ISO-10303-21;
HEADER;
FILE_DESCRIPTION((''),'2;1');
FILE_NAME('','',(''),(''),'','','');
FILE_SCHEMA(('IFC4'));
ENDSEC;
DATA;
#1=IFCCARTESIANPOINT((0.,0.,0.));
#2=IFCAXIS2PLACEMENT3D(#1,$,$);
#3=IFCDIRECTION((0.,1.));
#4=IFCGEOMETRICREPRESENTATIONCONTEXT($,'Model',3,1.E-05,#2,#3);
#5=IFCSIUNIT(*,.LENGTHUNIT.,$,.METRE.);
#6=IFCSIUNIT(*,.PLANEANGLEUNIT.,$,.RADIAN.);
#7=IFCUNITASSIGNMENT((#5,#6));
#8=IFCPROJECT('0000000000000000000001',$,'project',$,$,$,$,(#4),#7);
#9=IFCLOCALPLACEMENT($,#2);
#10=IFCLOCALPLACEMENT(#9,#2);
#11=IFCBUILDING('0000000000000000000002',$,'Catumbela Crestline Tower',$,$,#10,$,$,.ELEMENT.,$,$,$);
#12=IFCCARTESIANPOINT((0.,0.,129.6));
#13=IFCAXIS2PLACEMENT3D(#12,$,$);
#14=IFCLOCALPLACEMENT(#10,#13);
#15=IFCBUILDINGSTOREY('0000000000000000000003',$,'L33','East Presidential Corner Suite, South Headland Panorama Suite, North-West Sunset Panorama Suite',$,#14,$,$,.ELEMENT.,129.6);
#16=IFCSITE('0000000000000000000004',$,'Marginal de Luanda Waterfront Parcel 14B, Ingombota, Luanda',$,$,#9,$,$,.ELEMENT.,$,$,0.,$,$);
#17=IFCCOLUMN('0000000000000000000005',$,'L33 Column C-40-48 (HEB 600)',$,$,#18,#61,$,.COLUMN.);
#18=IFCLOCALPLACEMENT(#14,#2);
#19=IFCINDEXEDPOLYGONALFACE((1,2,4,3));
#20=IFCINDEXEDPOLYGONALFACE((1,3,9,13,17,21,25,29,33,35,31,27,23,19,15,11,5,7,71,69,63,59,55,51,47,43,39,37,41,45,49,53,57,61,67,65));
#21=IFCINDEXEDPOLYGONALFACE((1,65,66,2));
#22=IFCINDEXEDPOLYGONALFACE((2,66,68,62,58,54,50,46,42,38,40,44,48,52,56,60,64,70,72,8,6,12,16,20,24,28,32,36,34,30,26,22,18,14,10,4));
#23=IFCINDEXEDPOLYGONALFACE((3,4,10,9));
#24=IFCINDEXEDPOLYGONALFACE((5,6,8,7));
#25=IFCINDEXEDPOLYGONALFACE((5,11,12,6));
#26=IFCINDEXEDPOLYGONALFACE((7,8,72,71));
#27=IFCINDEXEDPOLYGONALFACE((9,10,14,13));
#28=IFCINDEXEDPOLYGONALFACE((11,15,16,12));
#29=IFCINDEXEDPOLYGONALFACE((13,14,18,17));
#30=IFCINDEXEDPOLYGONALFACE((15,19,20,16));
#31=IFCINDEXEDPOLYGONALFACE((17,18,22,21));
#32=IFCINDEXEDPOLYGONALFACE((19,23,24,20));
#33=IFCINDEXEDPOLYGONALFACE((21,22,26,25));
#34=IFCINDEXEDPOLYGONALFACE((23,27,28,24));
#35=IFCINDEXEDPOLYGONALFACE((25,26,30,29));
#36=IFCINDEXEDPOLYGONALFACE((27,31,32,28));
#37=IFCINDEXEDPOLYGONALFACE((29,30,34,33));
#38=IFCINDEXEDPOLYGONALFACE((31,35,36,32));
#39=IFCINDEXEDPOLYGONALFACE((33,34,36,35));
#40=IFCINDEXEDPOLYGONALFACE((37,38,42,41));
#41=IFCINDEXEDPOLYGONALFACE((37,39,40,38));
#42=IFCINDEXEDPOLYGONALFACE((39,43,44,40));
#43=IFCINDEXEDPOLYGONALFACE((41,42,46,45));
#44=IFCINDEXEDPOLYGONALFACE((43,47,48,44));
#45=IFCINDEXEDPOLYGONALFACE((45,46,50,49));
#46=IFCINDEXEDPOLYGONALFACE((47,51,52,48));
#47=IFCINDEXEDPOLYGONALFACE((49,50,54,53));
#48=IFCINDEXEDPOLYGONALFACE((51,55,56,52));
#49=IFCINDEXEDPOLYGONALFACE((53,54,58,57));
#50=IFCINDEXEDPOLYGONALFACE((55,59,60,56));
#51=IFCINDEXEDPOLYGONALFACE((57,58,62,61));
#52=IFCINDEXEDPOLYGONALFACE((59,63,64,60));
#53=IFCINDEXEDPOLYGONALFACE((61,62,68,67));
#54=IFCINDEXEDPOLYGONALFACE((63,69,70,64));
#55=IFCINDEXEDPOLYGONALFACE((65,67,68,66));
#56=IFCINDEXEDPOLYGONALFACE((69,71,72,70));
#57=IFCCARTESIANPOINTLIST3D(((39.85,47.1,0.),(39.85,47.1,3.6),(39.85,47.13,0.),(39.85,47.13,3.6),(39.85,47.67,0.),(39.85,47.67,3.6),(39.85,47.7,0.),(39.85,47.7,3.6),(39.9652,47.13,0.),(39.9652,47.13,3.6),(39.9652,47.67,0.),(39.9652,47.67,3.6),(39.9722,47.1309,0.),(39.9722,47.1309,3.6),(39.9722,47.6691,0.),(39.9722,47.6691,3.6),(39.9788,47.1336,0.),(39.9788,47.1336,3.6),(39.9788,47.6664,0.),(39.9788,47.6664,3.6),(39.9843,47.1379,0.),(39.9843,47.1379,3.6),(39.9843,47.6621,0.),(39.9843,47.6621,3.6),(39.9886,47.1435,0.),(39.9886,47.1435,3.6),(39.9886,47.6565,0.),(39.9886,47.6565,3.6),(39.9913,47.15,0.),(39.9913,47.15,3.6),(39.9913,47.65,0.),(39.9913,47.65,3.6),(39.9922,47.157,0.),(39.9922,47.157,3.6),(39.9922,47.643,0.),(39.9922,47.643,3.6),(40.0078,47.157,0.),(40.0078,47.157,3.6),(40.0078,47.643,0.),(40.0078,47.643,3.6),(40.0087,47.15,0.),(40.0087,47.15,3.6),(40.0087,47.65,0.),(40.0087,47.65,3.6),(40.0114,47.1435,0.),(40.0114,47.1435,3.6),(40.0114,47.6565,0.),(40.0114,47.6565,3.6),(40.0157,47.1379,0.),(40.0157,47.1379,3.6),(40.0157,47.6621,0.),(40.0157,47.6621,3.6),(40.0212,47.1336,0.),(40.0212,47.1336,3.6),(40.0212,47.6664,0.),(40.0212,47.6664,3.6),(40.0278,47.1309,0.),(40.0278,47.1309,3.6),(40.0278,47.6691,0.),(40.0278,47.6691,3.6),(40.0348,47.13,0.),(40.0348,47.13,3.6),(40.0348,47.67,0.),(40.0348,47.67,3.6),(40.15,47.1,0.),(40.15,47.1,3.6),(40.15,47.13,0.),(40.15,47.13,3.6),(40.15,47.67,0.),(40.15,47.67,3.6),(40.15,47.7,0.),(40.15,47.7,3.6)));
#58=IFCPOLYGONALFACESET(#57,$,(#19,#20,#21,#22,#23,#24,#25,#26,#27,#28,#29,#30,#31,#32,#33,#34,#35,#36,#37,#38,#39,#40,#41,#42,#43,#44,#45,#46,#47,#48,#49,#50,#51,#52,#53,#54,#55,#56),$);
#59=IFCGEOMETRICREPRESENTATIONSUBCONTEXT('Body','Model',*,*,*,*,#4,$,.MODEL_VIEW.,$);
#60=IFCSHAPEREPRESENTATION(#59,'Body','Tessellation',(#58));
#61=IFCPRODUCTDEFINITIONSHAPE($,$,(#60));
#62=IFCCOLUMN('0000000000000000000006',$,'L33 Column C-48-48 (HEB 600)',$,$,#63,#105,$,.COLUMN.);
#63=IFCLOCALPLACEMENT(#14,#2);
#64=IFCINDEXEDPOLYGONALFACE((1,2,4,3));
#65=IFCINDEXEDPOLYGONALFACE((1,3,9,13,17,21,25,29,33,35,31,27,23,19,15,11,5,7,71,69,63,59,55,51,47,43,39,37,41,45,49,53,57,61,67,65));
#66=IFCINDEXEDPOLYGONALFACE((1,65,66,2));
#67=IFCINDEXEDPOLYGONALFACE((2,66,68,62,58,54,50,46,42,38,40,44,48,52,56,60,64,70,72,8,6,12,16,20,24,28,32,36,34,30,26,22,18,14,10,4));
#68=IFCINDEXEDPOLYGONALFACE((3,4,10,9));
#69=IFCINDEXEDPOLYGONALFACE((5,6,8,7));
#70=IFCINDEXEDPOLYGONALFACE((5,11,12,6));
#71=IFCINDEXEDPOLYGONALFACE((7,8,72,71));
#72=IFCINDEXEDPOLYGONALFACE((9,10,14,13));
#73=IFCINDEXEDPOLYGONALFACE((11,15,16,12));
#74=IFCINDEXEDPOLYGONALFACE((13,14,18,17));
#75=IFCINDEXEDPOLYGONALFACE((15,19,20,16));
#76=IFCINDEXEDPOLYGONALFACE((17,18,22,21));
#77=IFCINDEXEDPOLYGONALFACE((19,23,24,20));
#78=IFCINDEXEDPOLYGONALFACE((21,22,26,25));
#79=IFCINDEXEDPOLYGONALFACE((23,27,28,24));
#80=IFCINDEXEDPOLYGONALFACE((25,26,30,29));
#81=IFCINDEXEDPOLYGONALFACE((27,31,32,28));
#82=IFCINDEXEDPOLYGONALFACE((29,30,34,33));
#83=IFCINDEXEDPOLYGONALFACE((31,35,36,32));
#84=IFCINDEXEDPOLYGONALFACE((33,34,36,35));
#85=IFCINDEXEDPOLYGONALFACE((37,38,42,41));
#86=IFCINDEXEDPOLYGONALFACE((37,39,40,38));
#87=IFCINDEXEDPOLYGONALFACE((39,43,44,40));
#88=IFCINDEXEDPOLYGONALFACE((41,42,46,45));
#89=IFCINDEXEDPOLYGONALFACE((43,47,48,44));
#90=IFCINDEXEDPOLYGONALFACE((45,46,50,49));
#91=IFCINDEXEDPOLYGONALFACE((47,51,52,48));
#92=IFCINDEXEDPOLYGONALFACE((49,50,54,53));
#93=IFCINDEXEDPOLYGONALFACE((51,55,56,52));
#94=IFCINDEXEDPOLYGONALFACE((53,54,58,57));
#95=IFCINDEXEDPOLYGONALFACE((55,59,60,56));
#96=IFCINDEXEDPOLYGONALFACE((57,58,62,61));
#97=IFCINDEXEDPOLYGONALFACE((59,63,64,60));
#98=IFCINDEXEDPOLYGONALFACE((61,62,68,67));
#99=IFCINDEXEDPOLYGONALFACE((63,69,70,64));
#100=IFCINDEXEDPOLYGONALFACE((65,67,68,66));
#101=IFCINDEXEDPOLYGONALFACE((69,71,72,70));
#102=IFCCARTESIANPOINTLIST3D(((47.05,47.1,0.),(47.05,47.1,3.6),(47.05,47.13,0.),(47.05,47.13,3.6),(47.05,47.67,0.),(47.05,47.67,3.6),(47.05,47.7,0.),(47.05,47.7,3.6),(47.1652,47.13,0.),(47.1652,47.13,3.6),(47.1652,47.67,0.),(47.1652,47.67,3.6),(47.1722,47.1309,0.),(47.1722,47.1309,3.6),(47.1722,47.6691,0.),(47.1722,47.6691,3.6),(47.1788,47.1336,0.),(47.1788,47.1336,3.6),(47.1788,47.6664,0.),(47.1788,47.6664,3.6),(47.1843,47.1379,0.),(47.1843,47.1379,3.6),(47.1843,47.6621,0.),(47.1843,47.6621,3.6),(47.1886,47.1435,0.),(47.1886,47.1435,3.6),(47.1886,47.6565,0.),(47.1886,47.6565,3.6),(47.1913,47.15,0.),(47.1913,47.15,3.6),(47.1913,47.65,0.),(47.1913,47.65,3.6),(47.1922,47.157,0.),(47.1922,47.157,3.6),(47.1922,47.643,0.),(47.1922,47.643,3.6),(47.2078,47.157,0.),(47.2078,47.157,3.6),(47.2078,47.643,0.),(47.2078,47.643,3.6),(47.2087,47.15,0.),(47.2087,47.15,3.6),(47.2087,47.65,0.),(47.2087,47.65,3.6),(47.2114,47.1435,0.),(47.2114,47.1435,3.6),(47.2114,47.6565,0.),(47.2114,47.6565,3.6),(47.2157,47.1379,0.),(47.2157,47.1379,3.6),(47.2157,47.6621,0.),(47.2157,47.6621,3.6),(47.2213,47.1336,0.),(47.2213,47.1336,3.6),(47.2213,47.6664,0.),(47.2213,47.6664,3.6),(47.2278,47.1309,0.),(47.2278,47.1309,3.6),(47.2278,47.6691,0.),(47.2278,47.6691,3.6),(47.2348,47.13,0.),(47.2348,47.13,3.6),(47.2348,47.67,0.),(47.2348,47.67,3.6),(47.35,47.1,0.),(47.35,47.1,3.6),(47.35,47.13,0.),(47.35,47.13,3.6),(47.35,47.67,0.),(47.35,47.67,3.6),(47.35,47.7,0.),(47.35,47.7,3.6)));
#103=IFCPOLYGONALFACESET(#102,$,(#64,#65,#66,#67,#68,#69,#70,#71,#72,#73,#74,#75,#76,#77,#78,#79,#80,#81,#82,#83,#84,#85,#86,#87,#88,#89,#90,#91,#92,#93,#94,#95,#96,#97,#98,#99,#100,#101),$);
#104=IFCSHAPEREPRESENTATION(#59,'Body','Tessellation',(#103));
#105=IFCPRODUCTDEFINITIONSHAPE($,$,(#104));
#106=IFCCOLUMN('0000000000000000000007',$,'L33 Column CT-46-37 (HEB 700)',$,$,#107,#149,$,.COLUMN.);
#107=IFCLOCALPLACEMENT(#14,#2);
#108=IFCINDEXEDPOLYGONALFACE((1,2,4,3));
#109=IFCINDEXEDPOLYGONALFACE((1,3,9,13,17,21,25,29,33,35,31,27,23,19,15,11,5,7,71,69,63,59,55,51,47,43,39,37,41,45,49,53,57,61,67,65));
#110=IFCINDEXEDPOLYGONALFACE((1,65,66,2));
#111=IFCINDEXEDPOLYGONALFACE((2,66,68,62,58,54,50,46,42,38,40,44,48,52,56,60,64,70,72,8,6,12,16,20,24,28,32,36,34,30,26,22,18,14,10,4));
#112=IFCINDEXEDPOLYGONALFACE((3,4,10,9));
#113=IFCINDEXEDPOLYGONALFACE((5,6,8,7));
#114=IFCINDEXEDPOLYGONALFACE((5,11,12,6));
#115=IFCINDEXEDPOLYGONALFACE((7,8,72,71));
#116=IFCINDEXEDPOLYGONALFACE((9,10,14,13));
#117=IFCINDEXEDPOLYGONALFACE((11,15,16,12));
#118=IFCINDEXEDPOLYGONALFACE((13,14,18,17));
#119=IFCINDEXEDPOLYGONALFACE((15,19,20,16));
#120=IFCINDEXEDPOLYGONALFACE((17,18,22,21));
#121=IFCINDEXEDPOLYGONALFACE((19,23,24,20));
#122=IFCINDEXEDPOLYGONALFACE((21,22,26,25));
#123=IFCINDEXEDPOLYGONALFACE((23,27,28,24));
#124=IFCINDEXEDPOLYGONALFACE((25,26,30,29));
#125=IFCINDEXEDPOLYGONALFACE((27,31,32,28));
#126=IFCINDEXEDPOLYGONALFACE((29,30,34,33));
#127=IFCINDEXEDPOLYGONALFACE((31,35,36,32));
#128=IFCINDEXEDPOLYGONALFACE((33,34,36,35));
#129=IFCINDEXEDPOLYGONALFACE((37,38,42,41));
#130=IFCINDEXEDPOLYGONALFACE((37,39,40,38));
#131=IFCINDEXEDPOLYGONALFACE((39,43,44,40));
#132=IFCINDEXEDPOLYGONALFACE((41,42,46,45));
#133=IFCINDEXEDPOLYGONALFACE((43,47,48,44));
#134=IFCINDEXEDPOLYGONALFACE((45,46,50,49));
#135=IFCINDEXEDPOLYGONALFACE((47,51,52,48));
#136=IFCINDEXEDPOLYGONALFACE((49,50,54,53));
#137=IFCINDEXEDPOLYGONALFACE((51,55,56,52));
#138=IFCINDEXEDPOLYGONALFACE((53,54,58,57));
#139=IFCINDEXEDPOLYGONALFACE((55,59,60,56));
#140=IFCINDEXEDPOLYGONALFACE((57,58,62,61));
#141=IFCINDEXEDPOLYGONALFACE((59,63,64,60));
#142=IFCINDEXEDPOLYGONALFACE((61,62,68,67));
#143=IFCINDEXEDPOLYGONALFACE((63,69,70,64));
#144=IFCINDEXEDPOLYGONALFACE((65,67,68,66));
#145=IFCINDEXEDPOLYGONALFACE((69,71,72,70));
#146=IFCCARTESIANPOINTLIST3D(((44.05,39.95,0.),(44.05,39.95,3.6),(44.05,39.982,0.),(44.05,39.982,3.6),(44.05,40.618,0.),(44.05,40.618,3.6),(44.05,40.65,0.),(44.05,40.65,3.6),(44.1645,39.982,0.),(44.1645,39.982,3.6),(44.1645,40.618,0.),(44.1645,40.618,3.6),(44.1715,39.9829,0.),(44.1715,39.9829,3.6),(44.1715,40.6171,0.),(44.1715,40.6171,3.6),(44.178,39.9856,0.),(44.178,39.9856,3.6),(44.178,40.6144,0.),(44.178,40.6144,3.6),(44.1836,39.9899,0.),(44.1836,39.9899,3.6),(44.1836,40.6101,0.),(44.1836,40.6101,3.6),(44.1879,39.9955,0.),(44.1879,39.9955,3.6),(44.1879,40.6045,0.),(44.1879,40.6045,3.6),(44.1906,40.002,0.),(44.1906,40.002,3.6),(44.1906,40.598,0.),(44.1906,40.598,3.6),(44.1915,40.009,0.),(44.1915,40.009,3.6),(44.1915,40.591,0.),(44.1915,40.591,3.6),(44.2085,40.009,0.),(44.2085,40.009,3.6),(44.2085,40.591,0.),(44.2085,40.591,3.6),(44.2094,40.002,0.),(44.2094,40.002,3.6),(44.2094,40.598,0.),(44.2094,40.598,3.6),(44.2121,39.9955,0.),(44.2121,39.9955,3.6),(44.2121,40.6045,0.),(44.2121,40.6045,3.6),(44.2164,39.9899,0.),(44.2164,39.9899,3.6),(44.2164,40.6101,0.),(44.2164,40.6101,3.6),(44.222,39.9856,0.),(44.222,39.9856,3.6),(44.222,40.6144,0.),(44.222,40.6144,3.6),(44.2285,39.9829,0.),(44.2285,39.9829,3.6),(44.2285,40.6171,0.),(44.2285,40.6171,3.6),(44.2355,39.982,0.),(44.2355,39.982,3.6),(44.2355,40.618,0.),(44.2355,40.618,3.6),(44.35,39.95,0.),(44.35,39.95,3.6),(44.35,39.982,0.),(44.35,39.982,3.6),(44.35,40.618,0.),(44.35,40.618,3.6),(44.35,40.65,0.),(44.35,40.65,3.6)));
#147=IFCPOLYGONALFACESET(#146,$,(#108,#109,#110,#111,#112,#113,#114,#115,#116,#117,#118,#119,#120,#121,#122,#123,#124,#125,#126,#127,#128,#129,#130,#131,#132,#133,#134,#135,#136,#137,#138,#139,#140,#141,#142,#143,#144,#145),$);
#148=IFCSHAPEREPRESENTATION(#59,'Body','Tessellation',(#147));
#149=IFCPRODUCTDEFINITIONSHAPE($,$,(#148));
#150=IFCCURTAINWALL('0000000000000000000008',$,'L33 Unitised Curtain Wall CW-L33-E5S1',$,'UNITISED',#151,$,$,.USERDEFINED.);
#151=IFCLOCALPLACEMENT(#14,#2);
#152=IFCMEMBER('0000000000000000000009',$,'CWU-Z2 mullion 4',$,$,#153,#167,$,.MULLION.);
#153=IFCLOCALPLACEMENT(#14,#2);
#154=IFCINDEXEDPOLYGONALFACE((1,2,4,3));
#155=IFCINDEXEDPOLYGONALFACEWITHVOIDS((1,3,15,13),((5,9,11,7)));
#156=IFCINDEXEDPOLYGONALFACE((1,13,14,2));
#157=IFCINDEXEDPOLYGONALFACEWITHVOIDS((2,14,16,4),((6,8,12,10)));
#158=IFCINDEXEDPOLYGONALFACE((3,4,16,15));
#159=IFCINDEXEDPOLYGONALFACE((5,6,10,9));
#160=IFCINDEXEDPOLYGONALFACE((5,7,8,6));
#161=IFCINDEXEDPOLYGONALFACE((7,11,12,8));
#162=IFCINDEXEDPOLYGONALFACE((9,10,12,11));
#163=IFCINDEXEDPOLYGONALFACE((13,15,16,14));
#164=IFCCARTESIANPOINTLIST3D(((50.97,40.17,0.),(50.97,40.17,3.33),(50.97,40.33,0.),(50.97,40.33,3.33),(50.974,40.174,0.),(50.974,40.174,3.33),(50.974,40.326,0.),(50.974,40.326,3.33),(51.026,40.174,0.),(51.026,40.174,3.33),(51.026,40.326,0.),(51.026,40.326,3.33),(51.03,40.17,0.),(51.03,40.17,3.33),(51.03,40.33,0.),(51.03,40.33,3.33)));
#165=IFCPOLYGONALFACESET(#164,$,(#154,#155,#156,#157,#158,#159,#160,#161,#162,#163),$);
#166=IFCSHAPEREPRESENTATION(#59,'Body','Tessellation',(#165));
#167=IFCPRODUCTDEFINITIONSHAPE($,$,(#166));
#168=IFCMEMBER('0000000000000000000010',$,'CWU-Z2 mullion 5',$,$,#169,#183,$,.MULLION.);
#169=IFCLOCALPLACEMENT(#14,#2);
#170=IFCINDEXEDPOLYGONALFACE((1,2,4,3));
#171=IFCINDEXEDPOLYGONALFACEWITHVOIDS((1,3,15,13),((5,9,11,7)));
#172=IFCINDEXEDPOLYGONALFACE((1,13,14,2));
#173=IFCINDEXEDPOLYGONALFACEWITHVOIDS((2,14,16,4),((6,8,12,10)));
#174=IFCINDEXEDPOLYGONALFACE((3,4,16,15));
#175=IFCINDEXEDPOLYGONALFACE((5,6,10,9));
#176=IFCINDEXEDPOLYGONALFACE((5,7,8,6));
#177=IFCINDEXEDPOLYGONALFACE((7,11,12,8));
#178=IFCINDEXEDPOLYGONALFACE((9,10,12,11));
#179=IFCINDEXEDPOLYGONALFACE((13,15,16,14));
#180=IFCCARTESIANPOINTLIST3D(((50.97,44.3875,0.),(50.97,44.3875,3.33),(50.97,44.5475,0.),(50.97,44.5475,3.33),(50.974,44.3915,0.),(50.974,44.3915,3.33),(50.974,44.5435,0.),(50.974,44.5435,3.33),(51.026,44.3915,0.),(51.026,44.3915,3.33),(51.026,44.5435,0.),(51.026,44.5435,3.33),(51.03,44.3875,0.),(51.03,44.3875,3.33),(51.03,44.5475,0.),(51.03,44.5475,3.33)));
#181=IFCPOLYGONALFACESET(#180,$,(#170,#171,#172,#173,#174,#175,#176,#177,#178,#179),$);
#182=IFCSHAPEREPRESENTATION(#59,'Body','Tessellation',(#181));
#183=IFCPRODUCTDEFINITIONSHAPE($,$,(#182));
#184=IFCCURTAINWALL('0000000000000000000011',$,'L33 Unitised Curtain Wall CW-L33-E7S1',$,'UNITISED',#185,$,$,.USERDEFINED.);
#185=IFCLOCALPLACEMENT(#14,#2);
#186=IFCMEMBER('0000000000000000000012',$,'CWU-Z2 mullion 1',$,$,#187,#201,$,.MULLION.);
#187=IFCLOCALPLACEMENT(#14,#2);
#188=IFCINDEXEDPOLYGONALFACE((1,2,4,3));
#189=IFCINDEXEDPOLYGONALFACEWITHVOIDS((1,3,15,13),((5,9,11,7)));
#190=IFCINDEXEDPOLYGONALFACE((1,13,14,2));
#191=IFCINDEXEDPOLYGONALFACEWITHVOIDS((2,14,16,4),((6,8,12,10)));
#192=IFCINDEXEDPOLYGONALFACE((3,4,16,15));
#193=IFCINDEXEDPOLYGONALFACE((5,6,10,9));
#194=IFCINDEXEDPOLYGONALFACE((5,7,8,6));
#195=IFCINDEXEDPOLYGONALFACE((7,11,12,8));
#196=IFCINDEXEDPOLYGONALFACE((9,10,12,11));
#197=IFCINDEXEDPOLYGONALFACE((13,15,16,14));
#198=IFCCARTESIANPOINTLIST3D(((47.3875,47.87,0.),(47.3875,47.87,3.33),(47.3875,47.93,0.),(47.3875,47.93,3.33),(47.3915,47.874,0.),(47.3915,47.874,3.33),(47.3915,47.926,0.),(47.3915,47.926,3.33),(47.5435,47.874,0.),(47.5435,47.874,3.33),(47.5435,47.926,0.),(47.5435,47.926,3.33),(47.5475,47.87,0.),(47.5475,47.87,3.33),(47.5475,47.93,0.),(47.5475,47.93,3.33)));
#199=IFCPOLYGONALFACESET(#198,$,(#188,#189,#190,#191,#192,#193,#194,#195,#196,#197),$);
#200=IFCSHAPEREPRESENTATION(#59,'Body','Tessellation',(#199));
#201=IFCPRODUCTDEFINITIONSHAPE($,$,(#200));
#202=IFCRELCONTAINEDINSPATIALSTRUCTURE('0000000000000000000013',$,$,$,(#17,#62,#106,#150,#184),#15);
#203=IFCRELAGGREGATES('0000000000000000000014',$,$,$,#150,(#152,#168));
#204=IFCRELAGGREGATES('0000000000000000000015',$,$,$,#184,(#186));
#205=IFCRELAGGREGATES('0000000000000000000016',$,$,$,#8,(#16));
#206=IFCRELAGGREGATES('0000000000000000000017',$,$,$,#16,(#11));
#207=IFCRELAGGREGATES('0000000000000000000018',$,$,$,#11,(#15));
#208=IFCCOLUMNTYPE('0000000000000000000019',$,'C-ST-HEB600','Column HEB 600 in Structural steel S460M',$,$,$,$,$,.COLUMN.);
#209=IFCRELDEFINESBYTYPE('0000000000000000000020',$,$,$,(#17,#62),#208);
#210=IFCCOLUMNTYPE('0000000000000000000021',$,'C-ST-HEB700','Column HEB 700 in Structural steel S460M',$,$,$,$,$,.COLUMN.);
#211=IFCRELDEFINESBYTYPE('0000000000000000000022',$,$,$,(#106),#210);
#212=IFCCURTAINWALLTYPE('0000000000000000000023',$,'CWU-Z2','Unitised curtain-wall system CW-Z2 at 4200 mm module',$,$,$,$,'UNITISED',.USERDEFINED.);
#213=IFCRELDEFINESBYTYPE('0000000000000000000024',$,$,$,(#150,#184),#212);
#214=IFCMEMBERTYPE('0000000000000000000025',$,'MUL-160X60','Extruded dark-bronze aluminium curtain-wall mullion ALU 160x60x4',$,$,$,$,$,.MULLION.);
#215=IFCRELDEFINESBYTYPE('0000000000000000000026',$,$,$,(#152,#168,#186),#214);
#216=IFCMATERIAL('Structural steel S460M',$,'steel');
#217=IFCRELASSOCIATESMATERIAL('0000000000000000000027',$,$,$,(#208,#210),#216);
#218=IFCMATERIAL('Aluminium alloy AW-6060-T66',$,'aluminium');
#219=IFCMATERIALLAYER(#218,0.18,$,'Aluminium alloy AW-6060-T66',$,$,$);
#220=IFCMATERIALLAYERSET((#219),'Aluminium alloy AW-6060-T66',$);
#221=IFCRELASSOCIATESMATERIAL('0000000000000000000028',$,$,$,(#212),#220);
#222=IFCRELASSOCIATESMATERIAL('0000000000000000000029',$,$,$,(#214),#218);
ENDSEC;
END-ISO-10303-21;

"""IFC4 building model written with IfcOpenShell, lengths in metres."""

from ifc_helpers import new_model, si_unit, direction, frame, origin, origin_2d, place, context, subcontext, project, spatial, hollow_rectangle, i_section, extrude, material, layer, layer_set, material_profile, profile_set, type_object, element, aggregate, save


model = new_model("IFC4")

# Units and contexts
model_context = context("Model", 3, precision=1e-05, world=origin(), true_north=direction((0.0, 1.0)))
body_context = subcontext(model_context, "Body", "Model", "MODEL_VIEW")
ifc_project = project(units=[si_unit("LENGTHUNIT", "METRE"), si_unit("PLANEANGLEUNIT", "RADIAN")], contexts=[model_context])

# Site, building, storey
site_placement = place(None, origin())
site = spatial("IfcSite", under=ifc_project, at=site_placement, Name="Marginal de Luanda Waterfront Parcel 14B, Ingombota, Luanda", CompositionType="ELEMENT", RefElevation=0.0)
building_placement = place(site_placement, origin())
building = spatial("IfcBuilding", under=site, at=building_placement, Name="Catumbela Crestline Tower", CompositionType="ELEMENT")
storey_placement = place(building_placement, frame((0.0, 0.0, 129.6)))
storey = spatial("IfcBuildingStorey", under=building, at=storey_placement, Name="L33", Description="East Presidential Corner Suite, South Headland Panorama Suite, North-West Sunset Panorama Suite", CompositionType="ELEMENT", Elevation=129.6)

# Columns
ifc_material_1 = material(Name="Structural steel S460M", Category="steel")
ifc_material_profile_1 = material_profile(ifc_material_1, i_section(OverallWidth=0.3, OverallDepth=0.6, WebThickness=0.0155, FlangeThickness=0.03, FilletRadius=0.027, at=origin_2d()), Name="HEB 600")
ifc_profile_set_1 = profile_set([ifc_material_profile_1], Name="Structural steel S460M")
column_type_1 = type_object("IfcColumnType", Name="C-ST-HEB600", Description="Column HEB 600 in Structural steel S460M", PredefinedType="COLUMN", material=ifc_profile_set_1)
for number, where, z_axis, x_axis, name in (
    (1, (40.0, 47.4, 0.0), (0.0, 0.0, 1.0), (1.0, 0.0, 0.0), "L33 Column C-40-48 (HEB 600)"),
    (2, (47.2, 47.4, 0.0), (0.0, 0.0, 1.0), (1.0, 0.0, 0.0), "L33 Column C-48-48 (HEB 600)"),
):
    element("IfcColumn", number, at=place(storey_placement, frame(where, z_axis=z_axis, x_axis=x_axis)), inside=storey, type_object=column_type_1, Name=name, PredefinedType="COLUMN", context=body_context, shape_type="SweptSolid", body=[
        extrude(i_section(OverallWidth=0.3, OverallDepth=0.6, WebThickness=0.0155, FlangeThickness=0.03, FilletRadius=0.027, at=origin_2d()), origin(), (0.0, 0.0, 1.0), 3.6),
    ])
ifc_material_profile_2 = material_profile(ifc_material_1, i_section(OverallWidth=0.3, OverallDepth=0.7, WebThickness=0.017, FlangeThickness=0.032, FilletRadius=0.027, at=origin_2d()), Name="HEB 700")
ifc_profile_set_2 = profile_set([ifc_material_profile_2], Name="Structural steel S460M")
column_type_2 = type_object("IfcColumnType", Name="C-ST-HEB700", Description="Column HEB 700 in Structural steel S460M", PredefinedType="COLUMN", material=ifc_profile_set_2)
column_placement = place(storey_placement, frame((44.2, 40.3, 0.0), z_axis=(0.0, 0.0, 1.0), x_axis=(1.0, 0.0, 0.0)))
element("IfcColumn", 3, at=column_placement, inside=storey, type_object=column_type_2, Name="L33 Column CT-46-37 (HEB 700)", PredefinedType="COLUMN", context=body_context, shape_type="SweptSolid", body=[
    extrude(i_section(OverallWidth=0.3, OverallDepth=0.7, WebThickness=0.017, FlangeThickness=0.032, FilletRadius=0.027, at=origin_2d()), origin(), (0.0, 0.0, 1.0), 3.6),
])

# Curtain walls, members
ifc_material_2 = material(Name="Aluminium alloy AW-6060-T66", Category="aluminium")
ifc_layer_1 = layer(ifc_material_2, 0.18, Name="Aluminium alloy AW-6060-T66")
ifc_layer_set_1 = layer_set([ifc_layer_1], Name="Aluminium alloy AW-6060-T66")
curtain_wall_type = type_object("IfcCurtainWallType", Name="CWU-Z2", Description="Unitised curtain-wall system CW-Z2 at 4200 mm module", ElementType="UNITISED", PredefinedType="USERDEFINED", material=ifc_layer_set_1)
curtain_wall_1_placement = place(storey_placement, origin())
curtain_wall_1 = element("IfcCurtainWall", 4, at=curtain_wall_1_placement, inside=storey, type_object=curtain_wall_type, Name="L33 Unitised Curtain Wall CW-L33-E5S1", ObjectType="UNITISED", PredefinedType="USERDEFINED")
ifc_material_profile_3 = material_profile(ifc_material_2, hollow_rectangle(XDim=0.06, YDim=0.16, WallThickness=0.004, at=origin_2d()), Name="ALU 160x60x4")
ifc_profile_set_3 = profile_set([ifc_material_profile_3], Name="Aluminium alloy AW-6060-T66")
member_type_1 = type_object("IfcMemberType", Name="MUL-160X60", Description="Extruded dark-bronze aluminium curtain-wall mullion ALU 160x60x4", PredefinedType="MULLION", material=ifc_profile_set_3)
member_1_placement = place(storey_placement, frame((51.0, 40.25, 0.0), z_axis=(0.0, 0.0, 1.0), x_axis=(-1.0, 0.0, 0.0)))
member_1 = element("IfcMember", 5, at=member_1_placement, type_object=member_type_1, Name="CWU-Z2 mullion 4", PredefinedType="MULLION", context=body_context, shape_type="SweptSolid", body=[
    extrude(hollow_rectangle(XDim=0.06, YDim=0.16, WallThickness=0.004, at=origin_2d()), origin(), (0.0, 0.0, 1.0), 3.33),
])
member_2_placement = place(storey_placement, frame((51.0, 44.4675, 0.0), z_axis=(0.0, 0.0, 1.0), x_axis=(-1.0, 0.0, 0.0)))
member_2 = element("IfcMember", 6, at=member_2_placement, type_object=member_type_1, Name="CWU-Z2 mullion 5", PredefinedType="MULLION", context=body_context, shape_type="SweptSolid", body=[
    extrude(hollow_rectangle(XDim=0.06, YDim=0.16, WallThickness=0.004, at=origin_2d()), origin(), (0.0, 0.0, 1.0), 3.33),
])
curtain_wall_2_placement = place(storey_placement, origin())
curtain_wall_2 = element("IfcCurtainWall", 7, at=curtain_wall_2_placement, inside=storey, type_object=curtain_wall_type, Name="L33 Unitised Curtain Wall CW-L33-E7S1", ObjectType="UNITISED", PredefinedType="USERDEFINED")
member_3_placement = place(storey_placement, frame((47.4675, 47.9, 0.0), z_axis=(0.0, 0.0, 1.0), x_axis=(0.0, -1.0, 0.0)))
member_3 = element("IfcMember", 8, at=member_3_placement, type_object=member_type_1, Name="CWU-Z2 mullion 1", PredefinedType="MULLION", context=body_context, shape_type="SweptSolid", body=[
    extrude(hollow_rectangle(XDim=0.06, YDim=0.16, WallThickness=0.004, at=origin_2d()), origin(), (0.0, 0.0, 1.0), 3.33),
])

aggregate(curtain_wall_1, [member_1, member_2])
aggregate(curtain_wall_2, [member_3])

save(model, "model.ifc")
